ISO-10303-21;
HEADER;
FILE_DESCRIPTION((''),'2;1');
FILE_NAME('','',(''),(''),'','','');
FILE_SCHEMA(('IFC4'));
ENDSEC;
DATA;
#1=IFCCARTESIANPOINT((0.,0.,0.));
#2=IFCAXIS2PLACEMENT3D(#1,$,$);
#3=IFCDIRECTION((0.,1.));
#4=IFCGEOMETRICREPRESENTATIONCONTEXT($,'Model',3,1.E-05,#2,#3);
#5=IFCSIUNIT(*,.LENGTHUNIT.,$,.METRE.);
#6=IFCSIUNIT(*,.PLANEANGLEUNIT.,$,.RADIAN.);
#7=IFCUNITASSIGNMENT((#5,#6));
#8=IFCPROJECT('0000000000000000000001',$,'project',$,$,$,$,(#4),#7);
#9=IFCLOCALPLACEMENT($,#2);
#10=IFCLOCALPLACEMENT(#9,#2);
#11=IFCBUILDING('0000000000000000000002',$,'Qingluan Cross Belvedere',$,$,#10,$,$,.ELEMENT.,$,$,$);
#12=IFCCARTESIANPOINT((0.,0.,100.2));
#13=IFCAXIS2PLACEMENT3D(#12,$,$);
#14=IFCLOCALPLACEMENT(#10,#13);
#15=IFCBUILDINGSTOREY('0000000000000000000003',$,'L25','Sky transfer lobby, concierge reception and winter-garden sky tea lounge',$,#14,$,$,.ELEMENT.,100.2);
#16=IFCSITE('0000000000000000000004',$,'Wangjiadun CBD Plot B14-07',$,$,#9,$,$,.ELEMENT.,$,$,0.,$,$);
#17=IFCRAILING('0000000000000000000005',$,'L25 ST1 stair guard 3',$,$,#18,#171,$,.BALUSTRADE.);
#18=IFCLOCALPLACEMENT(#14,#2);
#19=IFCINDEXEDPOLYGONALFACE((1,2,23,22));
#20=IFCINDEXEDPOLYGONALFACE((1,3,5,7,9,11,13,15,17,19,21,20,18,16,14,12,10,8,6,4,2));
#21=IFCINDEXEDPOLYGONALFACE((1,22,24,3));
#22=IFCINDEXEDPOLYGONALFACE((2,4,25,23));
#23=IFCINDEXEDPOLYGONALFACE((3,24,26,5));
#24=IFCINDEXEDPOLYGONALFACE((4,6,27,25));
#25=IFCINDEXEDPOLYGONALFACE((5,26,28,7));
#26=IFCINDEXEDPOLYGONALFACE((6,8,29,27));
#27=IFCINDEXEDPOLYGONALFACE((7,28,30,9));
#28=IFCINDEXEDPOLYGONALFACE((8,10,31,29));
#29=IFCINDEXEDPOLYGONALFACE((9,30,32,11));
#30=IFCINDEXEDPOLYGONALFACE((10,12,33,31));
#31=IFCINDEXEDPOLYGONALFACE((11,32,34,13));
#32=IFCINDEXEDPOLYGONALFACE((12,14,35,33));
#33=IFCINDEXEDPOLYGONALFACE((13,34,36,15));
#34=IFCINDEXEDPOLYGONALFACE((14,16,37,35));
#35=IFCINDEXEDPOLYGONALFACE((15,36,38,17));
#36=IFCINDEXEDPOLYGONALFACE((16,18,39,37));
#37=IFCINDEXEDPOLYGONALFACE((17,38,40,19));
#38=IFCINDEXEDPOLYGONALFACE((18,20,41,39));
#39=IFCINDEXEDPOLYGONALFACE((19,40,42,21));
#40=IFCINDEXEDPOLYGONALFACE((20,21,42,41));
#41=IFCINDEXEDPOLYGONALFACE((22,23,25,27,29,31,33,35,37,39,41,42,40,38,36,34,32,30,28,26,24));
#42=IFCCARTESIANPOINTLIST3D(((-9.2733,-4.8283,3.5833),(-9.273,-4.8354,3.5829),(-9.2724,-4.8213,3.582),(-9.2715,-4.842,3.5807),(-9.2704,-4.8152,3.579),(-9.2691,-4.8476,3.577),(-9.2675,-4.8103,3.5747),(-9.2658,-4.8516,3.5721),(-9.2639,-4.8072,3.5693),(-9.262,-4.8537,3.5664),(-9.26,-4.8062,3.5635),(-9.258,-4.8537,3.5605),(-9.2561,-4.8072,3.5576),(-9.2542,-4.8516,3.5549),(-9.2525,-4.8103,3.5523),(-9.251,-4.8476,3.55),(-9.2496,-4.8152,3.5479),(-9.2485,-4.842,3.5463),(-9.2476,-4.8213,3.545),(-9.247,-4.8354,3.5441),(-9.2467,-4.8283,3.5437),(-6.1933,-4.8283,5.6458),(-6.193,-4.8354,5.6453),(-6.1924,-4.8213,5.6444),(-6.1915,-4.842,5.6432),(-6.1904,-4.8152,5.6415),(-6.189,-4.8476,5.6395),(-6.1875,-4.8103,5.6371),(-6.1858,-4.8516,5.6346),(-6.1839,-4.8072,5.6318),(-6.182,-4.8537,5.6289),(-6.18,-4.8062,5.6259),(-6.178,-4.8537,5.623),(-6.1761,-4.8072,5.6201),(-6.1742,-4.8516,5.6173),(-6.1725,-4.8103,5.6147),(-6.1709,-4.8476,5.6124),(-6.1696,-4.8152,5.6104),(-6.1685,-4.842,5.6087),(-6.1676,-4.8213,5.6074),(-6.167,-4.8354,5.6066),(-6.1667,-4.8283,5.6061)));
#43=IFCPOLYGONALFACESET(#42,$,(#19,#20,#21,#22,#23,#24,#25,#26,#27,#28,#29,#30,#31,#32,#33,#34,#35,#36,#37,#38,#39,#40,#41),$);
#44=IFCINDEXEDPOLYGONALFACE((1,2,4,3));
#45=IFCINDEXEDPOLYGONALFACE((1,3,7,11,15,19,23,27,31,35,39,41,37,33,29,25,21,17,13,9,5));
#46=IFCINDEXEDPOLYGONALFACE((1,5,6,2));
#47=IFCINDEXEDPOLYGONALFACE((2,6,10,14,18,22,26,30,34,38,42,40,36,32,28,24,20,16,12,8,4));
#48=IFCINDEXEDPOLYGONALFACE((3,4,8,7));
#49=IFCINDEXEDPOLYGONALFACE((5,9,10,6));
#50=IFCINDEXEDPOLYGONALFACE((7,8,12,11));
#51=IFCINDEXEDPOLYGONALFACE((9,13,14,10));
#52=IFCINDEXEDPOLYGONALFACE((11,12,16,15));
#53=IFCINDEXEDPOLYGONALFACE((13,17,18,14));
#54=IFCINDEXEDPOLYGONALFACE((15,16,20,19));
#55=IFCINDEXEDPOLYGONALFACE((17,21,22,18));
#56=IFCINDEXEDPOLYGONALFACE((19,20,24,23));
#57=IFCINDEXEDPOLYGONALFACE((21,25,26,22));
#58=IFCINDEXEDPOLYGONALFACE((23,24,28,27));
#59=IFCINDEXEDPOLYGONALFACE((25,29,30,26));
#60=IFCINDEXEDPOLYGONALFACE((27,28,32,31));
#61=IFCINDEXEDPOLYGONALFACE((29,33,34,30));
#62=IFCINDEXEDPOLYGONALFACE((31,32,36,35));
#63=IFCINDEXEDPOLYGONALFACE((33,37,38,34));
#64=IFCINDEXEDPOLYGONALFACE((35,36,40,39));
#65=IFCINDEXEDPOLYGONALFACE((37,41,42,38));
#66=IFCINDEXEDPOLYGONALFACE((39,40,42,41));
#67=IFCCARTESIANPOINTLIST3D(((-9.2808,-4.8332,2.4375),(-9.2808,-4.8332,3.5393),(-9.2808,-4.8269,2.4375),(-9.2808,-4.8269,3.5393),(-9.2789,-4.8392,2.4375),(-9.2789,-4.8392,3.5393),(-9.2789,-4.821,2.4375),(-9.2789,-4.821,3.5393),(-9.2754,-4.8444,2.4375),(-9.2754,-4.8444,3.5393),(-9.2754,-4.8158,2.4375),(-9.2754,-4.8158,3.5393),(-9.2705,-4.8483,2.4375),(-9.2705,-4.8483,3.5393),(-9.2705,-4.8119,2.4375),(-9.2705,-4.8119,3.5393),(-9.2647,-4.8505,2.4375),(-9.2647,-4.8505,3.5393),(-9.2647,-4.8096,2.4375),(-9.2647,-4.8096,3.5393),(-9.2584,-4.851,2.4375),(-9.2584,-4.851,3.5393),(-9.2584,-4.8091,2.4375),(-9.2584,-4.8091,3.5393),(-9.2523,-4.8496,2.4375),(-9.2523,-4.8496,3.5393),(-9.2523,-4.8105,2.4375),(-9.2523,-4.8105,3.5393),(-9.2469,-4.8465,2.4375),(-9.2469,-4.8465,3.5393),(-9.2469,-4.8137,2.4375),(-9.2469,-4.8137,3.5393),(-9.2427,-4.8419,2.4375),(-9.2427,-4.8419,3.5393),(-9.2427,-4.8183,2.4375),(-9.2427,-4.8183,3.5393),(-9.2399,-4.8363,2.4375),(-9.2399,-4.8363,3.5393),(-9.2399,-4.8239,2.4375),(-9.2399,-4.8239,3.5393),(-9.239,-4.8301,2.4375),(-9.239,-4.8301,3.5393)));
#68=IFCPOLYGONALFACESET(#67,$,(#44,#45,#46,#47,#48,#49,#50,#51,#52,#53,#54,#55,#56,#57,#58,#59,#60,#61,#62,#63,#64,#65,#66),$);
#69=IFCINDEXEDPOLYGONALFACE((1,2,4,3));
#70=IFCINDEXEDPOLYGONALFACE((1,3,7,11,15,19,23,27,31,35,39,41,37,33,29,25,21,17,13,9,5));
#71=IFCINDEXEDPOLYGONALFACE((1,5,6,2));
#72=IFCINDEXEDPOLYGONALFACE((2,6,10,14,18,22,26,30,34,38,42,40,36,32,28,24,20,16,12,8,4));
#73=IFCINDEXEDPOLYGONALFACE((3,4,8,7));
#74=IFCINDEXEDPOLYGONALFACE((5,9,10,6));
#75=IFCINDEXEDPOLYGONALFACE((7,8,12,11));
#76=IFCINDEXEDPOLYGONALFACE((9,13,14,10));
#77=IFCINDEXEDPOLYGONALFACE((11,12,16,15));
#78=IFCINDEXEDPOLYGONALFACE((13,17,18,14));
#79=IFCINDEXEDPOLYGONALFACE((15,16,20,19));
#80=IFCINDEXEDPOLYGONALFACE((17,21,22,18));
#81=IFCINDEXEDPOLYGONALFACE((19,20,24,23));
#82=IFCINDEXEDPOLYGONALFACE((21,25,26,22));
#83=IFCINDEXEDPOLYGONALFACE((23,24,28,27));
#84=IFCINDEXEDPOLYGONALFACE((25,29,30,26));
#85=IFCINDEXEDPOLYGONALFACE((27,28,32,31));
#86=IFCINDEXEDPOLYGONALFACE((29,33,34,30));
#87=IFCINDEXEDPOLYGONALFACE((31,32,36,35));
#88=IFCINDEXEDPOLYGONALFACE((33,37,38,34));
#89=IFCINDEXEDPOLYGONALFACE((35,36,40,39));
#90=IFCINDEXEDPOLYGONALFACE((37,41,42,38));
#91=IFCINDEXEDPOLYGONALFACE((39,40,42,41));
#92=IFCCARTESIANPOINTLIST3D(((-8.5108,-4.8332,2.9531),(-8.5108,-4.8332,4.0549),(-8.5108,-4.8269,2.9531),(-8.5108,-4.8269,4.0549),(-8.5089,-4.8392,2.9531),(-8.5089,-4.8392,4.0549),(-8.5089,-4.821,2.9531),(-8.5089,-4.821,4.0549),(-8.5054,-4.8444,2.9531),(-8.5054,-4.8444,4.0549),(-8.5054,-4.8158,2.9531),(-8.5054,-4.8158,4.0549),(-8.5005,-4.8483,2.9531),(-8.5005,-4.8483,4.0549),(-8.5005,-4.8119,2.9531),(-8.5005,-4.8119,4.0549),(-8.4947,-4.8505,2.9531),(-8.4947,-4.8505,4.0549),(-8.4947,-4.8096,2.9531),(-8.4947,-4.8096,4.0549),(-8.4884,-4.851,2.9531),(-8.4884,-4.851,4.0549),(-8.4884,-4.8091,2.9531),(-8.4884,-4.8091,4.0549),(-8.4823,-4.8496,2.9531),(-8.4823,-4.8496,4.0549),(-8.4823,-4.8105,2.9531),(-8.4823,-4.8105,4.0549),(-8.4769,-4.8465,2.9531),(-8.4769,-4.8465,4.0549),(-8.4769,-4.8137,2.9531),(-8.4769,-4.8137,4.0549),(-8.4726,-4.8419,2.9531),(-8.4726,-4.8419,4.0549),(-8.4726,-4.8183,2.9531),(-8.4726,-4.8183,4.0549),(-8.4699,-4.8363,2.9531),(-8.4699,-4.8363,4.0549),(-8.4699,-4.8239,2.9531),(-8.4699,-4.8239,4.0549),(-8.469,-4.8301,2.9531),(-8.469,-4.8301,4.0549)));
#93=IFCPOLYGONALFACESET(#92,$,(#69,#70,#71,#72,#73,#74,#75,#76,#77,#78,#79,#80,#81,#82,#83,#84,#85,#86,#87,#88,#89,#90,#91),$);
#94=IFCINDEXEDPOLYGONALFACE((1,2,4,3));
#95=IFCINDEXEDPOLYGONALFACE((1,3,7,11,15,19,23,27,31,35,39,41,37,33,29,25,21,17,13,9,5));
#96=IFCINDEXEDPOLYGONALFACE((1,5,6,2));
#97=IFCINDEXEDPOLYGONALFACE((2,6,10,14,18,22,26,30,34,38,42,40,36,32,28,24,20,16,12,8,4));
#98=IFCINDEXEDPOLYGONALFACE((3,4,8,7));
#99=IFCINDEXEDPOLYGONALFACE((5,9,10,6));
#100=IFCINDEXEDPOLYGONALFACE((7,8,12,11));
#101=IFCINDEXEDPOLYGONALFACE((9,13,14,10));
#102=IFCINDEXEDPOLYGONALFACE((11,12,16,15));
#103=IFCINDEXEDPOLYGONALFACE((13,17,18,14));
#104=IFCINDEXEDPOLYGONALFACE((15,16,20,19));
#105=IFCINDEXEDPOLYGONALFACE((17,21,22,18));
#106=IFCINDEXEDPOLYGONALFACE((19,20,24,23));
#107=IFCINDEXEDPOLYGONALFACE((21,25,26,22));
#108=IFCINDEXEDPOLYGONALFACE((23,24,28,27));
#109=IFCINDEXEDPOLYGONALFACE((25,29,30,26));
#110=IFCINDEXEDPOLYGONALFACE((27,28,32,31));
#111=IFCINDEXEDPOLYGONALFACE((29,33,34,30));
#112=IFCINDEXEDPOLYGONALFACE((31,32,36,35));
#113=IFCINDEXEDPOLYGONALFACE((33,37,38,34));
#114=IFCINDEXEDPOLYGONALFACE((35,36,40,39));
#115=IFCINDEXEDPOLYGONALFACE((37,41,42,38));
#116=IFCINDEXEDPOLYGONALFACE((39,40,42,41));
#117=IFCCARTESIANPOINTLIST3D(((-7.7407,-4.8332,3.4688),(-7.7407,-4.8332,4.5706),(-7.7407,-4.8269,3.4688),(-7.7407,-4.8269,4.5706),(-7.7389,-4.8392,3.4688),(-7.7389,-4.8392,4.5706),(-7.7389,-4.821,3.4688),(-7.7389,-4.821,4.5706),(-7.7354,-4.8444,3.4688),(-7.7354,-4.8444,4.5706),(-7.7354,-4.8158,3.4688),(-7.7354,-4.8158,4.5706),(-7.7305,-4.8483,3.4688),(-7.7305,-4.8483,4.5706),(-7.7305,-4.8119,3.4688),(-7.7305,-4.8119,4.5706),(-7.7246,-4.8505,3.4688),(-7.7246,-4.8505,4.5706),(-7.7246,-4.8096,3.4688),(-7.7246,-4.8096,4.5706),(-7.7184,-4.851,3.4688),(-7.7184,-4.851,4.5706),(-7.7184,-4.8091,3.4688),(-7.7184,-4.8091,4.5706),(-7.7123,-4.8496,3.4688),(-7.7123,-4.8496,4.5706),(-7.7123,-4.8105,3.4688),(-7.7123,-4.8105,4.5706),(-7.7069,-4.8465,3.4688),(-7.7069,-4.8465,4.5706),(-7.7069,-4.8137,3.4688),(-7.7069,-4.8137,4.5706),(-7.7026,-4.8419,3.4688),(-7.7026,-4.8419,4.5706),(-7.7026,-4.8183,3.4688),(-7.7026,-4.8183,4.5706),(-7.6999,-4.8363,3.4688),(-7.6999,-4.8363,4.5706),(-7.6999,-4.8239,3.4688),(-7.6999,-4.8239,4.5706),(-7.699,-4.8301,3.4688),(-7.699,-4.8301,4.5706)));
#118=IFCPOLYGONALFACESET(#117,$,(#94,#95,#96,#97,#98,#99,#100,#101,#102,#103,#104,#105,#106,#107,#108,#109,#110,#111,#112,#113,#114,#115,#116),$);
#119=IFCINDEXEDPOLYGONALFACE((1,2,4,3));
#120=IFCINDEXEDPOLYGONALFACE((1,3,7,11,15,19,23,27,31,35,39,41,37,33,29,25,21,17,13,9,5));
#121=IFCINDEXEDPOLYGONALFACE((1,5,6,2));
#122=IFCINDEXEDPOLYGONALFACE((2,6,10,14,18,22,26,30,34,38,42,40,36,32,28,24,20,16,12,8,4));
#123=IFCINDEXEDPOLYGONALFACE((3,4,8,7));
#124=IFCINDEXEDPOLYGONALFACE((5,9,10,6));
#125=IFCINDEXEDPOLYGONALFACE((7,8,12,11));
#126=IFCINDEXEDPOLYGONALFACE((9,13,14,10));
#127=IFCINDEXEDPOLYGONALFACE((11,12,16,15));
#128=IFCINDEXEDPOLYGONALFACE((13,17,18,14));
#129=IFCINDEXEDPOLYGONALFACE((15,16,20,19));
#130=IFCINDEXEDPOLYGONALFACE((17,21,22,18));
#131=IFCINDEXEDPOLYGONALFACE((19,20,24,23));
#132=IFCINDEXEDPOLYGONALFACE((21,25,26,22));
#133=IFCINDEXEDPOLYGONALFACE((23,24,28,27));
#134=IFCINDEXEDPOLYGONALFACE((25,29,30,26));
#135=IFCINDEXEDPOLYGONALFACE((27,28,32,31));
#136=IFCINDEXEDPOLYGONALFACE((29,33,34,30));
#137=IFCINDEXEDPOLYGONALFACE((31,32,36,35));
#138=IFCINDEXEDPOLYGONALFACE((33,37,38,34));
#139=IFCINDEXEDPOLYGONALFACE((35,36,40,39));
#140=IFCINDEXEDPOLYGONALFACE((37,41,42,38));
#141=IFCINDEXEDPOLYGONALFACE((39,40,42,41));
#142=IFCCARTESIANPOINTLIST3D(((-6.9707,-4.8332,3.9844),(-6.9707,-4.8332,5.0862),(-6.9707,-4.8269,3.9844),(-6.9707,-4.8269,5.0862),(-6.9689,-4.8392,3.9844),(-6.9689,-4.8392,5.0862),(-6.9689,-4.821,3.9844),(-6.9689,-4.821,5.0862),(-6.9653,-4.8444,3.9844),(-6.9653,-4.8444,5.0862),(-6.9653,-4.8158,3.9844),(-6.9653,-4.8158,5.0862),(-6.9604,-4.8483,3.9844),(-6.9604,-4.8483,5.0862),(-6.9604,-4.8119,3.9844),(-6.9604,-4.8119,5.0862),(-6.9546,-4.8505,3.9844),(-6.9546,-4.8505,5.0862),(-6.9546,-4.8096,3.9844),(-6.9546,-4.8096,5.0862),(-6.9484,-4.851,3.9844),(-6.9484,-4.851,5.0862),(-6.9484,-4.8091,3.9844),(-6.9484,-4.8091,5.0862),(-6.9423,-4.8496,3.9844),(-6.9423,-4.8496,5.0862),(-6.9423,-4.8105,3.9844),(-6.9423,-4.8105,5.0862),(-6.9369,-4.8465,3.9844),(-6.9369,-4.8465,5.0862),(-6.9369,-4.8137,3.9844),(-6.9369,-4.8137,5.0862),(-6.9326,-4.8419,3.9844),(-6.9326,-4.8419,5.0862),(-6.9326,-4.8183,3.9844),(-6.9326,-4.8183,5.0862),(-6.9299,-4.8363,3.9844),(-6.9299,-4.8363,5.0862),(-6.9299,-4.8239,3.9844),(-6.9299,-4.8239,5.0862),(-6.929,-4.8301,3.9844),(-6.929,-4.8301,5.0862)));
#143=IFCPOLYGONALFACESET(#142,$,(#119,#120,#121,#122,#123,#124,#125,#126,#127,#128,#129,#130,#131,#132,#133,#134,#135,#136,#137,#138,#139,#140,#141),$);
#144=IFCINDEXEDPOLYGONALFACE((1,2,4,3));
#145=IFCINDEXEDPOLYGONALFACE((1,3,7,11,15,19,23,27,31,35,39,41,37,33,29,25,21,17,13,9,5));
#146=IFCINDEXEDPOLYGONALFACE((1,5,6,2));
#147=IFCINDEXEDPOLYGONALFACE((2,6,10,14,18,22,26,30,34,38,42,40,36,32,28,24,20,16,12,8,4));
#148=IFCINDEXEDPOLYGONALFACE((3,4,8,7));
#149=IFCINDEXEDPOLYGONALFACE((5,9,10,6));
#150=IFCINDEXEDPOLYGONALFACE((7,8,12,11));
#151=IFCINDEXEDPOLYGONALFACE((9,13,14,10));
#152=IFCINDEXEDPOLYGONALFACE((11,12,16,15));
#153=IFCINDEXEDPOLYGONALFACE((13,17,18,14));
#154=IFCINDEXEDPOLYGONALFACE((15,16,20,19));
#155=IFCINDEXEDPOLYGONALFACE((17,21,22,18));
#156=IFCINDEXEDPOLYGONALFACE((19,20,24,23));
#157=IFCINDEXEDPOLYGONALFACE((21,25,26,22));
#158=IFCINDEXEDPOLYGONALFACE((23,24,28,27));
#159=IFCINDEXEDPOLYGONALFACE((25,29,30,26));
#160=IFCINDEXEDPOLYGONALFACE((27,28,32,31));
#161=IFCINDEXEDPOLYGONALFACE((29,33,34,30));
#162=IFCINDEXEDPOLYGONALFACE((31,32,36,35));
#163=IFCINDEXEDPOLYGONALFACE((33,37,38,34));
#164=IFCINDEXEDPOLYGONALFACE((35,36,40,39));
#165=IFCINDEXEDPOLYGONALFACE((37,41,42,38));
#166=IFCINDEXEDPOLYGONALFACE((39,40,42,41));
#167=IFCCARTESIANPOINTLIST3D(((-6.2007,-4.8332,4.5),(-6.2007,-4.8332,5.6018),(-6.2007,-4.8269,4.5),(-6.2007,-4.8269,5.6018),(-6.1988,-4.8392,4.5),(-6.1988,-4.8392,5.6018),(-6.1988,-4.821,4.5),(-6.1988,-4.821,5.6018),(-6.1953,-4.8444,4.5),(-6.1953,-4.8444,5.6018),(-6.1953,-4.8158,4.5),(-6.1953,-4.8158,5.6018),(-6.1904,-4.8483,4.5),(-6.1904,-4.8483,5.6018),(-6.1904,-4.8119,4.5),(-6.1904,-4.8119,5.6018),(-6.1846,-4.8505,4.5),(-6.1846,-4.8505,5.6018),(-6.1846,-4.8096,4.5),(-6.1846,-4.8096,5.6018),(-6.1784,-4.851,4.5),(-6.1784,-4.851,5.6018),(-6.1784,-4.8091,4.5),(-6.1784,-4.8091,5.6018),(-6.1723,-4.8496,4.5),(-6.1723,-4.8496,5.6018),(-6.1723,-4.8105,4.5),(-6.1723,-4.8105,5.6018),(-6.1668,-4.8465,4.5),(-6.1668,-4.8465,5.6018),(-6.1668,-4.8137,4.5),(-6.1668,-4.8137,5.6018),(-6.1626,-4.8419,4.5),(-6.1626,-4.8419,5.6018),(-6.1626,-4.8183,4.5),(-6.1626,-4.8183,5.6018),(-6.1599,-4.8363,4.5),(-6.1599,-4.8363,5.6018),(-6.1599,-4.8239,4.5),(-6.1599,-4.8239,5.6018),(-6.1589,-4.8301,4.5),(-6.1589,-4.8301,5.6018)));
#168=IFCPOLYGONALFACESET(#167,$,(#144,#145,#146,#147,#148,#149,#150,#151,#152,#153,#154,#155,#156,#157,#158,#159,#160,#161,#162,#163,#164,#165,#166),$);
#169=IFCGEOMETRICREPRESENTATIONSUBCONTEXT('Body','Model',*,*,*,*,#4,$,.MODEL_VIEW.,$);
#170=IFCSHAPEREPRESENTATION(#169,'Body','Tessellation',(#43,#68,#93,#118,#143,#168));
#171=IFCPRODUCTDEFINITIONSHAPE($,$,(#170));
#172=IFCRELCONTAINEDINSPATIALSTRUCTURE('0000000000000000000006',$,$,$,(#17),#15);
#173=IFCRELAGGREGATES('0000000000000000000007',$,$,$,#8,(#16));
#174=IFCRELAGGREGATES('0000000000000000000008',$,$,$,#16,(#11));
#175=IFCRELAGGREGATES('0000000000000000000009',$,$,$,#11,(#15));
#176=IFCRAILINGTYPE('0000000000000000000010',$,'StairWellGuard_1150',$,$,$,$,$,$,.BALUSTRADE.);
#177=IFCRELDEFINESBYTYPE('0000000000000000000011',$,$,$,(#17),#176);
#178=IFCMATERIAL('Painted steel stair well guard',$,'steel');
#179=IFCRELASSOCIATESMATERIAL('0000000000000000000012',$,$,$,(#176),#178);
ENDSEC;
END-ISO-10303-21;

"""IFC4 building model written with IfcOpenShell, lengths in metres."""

from ifc_helpers import new_model, si_unit, direction, frame, origin, origin_2d, place, context, subcontext, project, spatial, circle, extrude, material, type_object, element, save


model = new_model("IFC4")

# Units and contexts
model_context = context("Model", 3, precision=1e-05, world=origin(), true_north=direction((0.0, 1.0)))
body_context = subcontext(model_context, "Body", "Model", "MODEL_VIEW")
ifc_project = project(units=[si_unit("LENGTHUNIT", "METRE"), si_unit("PLANEANGLEUNIT", "RADIAN")], contexts=[model_context])

# Site, building, storey
site_placement = place(None, origin())
site = spatial("IfcSite", under=ifc_project, at=site_placement, Name="Wangjiadun CBD Plot B14-07", CompositionType="ELEMENT", RefElevation=0.0)
building_placement = place(site_placement, origin())
building = spatial("IfcBuilding", under=site, at=building_placement, Name="Qingluan Cross Belvedere", CompositionType="ELEMENT")
storey_placement = place(building_placement, frame((0.0, 0.0, 100.2)))
storey = spatial("IfcBuildingStorey", under=building, at=storey_placement, Name="L25", Description="Sky transfer lobby, concierge reception and winter-garden sky tea lounge", CompositionType="ELEMENT", Elevation=100.2)

# Railing
ifc_material_1 = material(Name="Painted steel stair well guard", Category="steel")
railing_type_1 = type_object("IfcRailingType", Name="StairWellGuard_1150", PredefinedType="BALUSTRADE", material=ifc_material_1)
railing_1_placement = place(storey_placement, frame((-9.26, -4.8301, 2.4375)))
element("IfcRailing", 1, at=railing_1_placement, inside=storey, type_object=railing_type_1, Name="L25 ST1 stair guard 3", PredefinedType="BALUSTRADE", context=body_context, shape_type="SweptSolid", body=[
    extrude(circle(Radius=0.0239, at=origin_2d()), frame((0.0, 0.0, 1.126), z_axis=(0.830914, 0.0, 0.556401), x_axis=(0.0, 1.0, 0.0)), (0.0, 0.0, 1.0), 3.7068),
    extrude(circle(Radius=0.021, at=origin_2d()), origin(), (0.0, 0.0, 1.0), 1.1018),
    extrude(circle(Radius=0.021, at=origin_2d()), frame((0.77, 0.0, 0.5156)), (0.0, 0.0, 1.0), 1.1018),
    extrude(circle(Radius=0.021, at=origin_2d()), frame((1.54, 0.0, 1.0312)), (0.0, 0.0, 1.0), 1.1018),
    extrude(circle(Radius=0.021, at=origin_2d()), frame((2.3101, 0.0, 1.5469)), (0.0, 0.0, 1.0), 1.1018),
    extrude(circle(Radius=0.021, at=origin_2d()), frame((3.0801, 0.0, 2.0625)), (0.0, 0.0, 1.0), 1.1018),
])

save(model, "model.ifc")
